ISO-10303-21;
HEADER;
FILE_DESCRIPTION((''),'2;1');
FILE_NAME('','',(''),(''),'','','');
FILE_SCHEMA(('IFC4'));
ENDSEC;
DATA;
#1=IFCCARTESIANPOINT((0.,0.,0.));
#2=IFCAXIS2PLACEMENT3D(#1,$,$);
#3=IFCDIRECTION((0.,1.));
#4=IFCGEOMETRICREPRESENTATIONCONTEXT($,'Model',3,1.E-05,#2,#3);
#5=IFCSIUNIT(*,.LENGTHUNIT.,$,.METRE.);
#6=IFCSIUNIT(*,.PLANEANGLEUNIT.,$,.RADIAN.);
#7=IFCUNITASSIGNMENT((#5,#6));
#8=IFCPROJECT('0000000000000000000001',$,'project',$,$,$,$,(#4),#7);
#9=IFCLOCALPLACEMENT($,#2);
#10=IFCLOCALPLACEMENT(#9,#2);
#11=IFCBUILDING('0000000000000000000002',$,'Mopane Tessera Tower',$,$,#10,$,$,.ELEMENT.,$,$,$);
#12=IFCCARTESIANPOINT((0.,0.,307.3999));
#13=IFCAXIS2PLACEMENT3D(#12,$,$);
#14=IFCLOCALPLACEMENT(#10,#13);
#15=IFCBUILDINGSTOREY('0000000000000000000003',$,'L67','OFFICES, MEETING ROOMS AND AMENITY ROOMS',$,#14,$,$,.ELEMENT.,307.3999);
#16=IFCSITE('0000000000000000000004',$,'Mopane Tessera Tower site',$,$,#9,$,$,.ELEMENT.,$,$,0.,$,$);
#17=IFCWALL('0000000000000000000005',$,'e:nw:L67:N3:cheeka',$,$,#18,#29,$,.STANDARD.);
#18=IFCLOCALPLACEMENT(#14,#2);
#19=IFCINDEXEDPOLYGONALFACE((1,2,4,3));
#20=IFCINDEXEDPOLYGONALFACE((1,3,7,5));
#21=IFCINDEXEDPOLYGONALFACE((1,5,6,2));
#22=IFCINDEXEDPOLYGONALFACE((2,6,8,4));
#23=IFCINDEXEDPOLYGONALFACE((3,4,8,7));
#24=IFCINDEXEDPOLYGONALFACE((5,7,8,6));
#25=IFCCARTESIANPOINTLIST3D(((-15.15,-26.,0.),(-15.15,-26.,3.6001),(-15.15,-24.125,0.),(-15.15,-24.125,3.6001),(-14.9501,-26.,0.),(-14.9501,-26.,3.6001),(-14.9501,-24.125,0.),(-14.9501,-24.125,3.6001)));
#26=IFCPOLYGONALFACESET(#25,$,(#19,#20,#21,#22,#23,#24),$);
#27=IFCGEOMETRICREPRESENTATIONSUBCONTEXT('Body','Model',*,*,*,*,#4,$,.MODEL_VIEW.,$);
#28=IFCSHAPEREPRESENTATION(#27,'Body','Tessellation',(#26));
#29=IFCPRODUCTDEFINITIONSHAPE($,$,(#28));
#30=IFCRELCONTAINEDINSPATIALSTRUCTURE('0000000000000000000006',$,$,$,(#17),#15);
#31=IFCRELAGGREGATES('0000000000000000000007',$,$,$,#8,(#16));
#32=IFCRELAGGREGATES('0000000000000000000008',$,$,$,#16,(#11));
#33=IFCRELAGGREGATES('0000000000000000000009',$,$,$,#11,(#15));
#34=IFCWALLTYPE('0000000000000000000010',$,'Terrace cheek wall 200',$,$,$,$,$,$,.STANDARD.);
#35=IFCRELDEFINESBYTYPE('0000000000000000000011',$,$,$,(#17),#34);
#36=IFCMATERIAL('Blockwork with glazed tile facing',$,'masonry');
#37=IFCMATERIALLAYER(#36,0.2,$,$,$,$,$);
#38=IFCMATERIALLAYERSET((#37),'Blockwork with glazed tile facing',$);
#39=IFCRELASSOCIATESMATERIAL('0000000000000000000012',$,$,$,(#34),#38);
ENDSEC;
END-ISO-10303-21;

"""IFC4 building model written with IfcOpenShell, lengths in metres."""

from ifc_helpers import new_model, si_unit, direction, frame, frame_2d, origin, place, context, subcontext, project, spatial, rectangle, extrude, material, layer, layer_set, type_object, element, save


model = new_model("IFC4")

# Units and contexts
model_context = context("Model", 3, precision=1e-05, world=origin(), true_north=direction((0.0, 1.0)))
body_context = subcontext(model_context, "Body", "Model", "MODEL_VIEW")
ifc_project = project(units=[si_unit("LENGTHUNIT", "METRE"), si_unit("PLANEANGLEUNIT", "RADIAN")], contexts=[model_context])

# Site, building, storey
site_placement = place(None, origin())
site = spatial("IfcSite", under=ifc_project, at=site_placement, Name="Mopane Tessera Tower site", CompositionType="ELEMENT", RefElevation=0.0)
building_placement = place(site_placement, origin())
building = spatial("IfcBuilding", under=site, at=building_placement, Name="Mopane Tessera Tower", CompositionType="ELEMENT")
storey_placement = place(building_placement, frame((0.0, 0.0, 307.3999)))
storey = spatial("IfcBuildingStorey", under=building, at=storey_placement, Name="L67", Description="OFFICES, MEETING ROOMS AND AMENITY ROOMS", CompositionType="ELEMENT", Elevation=307.3999)

# Wall
ifc_material_1 = material(Name="Blockwork with glazed tile facing", Category="masonry")
ifc_layer_1 = layer(ifc_material_1, 0.2)
ifc_layer_set_1 = layer_set([ifc_layer_1], Name="Blockwork with glazed tile facing")
wall_type_1 = type_object("IfcWallType", Name="Terrace cheek wall 200", PredefinedType="STANDARD", material=ifc_layer_set_1)
wall_1_placement = place(storey_placement, frame((-15.05, -26.0, 0.0), z_axis=(0.0, 0.0, 1.0), x_axis=(0.0, 1.0, 0.0)))
element("IfcWall", 1, at=wall_1_placement, inside=storey, type_object=wall_type_1, Name="e:nw:L67:N3:cheeka", PredefinedType="STANDARD", context=body_context, shape_type="SweptSolid", body=[
    extrude(rectangle(XDim=1.875, YDim=0.2, at=frame_2d((0.9375, 0.0))), origin(), (0.0, 0.0, 1.0), 3.6001),
])

save(model, "model.ifc")
